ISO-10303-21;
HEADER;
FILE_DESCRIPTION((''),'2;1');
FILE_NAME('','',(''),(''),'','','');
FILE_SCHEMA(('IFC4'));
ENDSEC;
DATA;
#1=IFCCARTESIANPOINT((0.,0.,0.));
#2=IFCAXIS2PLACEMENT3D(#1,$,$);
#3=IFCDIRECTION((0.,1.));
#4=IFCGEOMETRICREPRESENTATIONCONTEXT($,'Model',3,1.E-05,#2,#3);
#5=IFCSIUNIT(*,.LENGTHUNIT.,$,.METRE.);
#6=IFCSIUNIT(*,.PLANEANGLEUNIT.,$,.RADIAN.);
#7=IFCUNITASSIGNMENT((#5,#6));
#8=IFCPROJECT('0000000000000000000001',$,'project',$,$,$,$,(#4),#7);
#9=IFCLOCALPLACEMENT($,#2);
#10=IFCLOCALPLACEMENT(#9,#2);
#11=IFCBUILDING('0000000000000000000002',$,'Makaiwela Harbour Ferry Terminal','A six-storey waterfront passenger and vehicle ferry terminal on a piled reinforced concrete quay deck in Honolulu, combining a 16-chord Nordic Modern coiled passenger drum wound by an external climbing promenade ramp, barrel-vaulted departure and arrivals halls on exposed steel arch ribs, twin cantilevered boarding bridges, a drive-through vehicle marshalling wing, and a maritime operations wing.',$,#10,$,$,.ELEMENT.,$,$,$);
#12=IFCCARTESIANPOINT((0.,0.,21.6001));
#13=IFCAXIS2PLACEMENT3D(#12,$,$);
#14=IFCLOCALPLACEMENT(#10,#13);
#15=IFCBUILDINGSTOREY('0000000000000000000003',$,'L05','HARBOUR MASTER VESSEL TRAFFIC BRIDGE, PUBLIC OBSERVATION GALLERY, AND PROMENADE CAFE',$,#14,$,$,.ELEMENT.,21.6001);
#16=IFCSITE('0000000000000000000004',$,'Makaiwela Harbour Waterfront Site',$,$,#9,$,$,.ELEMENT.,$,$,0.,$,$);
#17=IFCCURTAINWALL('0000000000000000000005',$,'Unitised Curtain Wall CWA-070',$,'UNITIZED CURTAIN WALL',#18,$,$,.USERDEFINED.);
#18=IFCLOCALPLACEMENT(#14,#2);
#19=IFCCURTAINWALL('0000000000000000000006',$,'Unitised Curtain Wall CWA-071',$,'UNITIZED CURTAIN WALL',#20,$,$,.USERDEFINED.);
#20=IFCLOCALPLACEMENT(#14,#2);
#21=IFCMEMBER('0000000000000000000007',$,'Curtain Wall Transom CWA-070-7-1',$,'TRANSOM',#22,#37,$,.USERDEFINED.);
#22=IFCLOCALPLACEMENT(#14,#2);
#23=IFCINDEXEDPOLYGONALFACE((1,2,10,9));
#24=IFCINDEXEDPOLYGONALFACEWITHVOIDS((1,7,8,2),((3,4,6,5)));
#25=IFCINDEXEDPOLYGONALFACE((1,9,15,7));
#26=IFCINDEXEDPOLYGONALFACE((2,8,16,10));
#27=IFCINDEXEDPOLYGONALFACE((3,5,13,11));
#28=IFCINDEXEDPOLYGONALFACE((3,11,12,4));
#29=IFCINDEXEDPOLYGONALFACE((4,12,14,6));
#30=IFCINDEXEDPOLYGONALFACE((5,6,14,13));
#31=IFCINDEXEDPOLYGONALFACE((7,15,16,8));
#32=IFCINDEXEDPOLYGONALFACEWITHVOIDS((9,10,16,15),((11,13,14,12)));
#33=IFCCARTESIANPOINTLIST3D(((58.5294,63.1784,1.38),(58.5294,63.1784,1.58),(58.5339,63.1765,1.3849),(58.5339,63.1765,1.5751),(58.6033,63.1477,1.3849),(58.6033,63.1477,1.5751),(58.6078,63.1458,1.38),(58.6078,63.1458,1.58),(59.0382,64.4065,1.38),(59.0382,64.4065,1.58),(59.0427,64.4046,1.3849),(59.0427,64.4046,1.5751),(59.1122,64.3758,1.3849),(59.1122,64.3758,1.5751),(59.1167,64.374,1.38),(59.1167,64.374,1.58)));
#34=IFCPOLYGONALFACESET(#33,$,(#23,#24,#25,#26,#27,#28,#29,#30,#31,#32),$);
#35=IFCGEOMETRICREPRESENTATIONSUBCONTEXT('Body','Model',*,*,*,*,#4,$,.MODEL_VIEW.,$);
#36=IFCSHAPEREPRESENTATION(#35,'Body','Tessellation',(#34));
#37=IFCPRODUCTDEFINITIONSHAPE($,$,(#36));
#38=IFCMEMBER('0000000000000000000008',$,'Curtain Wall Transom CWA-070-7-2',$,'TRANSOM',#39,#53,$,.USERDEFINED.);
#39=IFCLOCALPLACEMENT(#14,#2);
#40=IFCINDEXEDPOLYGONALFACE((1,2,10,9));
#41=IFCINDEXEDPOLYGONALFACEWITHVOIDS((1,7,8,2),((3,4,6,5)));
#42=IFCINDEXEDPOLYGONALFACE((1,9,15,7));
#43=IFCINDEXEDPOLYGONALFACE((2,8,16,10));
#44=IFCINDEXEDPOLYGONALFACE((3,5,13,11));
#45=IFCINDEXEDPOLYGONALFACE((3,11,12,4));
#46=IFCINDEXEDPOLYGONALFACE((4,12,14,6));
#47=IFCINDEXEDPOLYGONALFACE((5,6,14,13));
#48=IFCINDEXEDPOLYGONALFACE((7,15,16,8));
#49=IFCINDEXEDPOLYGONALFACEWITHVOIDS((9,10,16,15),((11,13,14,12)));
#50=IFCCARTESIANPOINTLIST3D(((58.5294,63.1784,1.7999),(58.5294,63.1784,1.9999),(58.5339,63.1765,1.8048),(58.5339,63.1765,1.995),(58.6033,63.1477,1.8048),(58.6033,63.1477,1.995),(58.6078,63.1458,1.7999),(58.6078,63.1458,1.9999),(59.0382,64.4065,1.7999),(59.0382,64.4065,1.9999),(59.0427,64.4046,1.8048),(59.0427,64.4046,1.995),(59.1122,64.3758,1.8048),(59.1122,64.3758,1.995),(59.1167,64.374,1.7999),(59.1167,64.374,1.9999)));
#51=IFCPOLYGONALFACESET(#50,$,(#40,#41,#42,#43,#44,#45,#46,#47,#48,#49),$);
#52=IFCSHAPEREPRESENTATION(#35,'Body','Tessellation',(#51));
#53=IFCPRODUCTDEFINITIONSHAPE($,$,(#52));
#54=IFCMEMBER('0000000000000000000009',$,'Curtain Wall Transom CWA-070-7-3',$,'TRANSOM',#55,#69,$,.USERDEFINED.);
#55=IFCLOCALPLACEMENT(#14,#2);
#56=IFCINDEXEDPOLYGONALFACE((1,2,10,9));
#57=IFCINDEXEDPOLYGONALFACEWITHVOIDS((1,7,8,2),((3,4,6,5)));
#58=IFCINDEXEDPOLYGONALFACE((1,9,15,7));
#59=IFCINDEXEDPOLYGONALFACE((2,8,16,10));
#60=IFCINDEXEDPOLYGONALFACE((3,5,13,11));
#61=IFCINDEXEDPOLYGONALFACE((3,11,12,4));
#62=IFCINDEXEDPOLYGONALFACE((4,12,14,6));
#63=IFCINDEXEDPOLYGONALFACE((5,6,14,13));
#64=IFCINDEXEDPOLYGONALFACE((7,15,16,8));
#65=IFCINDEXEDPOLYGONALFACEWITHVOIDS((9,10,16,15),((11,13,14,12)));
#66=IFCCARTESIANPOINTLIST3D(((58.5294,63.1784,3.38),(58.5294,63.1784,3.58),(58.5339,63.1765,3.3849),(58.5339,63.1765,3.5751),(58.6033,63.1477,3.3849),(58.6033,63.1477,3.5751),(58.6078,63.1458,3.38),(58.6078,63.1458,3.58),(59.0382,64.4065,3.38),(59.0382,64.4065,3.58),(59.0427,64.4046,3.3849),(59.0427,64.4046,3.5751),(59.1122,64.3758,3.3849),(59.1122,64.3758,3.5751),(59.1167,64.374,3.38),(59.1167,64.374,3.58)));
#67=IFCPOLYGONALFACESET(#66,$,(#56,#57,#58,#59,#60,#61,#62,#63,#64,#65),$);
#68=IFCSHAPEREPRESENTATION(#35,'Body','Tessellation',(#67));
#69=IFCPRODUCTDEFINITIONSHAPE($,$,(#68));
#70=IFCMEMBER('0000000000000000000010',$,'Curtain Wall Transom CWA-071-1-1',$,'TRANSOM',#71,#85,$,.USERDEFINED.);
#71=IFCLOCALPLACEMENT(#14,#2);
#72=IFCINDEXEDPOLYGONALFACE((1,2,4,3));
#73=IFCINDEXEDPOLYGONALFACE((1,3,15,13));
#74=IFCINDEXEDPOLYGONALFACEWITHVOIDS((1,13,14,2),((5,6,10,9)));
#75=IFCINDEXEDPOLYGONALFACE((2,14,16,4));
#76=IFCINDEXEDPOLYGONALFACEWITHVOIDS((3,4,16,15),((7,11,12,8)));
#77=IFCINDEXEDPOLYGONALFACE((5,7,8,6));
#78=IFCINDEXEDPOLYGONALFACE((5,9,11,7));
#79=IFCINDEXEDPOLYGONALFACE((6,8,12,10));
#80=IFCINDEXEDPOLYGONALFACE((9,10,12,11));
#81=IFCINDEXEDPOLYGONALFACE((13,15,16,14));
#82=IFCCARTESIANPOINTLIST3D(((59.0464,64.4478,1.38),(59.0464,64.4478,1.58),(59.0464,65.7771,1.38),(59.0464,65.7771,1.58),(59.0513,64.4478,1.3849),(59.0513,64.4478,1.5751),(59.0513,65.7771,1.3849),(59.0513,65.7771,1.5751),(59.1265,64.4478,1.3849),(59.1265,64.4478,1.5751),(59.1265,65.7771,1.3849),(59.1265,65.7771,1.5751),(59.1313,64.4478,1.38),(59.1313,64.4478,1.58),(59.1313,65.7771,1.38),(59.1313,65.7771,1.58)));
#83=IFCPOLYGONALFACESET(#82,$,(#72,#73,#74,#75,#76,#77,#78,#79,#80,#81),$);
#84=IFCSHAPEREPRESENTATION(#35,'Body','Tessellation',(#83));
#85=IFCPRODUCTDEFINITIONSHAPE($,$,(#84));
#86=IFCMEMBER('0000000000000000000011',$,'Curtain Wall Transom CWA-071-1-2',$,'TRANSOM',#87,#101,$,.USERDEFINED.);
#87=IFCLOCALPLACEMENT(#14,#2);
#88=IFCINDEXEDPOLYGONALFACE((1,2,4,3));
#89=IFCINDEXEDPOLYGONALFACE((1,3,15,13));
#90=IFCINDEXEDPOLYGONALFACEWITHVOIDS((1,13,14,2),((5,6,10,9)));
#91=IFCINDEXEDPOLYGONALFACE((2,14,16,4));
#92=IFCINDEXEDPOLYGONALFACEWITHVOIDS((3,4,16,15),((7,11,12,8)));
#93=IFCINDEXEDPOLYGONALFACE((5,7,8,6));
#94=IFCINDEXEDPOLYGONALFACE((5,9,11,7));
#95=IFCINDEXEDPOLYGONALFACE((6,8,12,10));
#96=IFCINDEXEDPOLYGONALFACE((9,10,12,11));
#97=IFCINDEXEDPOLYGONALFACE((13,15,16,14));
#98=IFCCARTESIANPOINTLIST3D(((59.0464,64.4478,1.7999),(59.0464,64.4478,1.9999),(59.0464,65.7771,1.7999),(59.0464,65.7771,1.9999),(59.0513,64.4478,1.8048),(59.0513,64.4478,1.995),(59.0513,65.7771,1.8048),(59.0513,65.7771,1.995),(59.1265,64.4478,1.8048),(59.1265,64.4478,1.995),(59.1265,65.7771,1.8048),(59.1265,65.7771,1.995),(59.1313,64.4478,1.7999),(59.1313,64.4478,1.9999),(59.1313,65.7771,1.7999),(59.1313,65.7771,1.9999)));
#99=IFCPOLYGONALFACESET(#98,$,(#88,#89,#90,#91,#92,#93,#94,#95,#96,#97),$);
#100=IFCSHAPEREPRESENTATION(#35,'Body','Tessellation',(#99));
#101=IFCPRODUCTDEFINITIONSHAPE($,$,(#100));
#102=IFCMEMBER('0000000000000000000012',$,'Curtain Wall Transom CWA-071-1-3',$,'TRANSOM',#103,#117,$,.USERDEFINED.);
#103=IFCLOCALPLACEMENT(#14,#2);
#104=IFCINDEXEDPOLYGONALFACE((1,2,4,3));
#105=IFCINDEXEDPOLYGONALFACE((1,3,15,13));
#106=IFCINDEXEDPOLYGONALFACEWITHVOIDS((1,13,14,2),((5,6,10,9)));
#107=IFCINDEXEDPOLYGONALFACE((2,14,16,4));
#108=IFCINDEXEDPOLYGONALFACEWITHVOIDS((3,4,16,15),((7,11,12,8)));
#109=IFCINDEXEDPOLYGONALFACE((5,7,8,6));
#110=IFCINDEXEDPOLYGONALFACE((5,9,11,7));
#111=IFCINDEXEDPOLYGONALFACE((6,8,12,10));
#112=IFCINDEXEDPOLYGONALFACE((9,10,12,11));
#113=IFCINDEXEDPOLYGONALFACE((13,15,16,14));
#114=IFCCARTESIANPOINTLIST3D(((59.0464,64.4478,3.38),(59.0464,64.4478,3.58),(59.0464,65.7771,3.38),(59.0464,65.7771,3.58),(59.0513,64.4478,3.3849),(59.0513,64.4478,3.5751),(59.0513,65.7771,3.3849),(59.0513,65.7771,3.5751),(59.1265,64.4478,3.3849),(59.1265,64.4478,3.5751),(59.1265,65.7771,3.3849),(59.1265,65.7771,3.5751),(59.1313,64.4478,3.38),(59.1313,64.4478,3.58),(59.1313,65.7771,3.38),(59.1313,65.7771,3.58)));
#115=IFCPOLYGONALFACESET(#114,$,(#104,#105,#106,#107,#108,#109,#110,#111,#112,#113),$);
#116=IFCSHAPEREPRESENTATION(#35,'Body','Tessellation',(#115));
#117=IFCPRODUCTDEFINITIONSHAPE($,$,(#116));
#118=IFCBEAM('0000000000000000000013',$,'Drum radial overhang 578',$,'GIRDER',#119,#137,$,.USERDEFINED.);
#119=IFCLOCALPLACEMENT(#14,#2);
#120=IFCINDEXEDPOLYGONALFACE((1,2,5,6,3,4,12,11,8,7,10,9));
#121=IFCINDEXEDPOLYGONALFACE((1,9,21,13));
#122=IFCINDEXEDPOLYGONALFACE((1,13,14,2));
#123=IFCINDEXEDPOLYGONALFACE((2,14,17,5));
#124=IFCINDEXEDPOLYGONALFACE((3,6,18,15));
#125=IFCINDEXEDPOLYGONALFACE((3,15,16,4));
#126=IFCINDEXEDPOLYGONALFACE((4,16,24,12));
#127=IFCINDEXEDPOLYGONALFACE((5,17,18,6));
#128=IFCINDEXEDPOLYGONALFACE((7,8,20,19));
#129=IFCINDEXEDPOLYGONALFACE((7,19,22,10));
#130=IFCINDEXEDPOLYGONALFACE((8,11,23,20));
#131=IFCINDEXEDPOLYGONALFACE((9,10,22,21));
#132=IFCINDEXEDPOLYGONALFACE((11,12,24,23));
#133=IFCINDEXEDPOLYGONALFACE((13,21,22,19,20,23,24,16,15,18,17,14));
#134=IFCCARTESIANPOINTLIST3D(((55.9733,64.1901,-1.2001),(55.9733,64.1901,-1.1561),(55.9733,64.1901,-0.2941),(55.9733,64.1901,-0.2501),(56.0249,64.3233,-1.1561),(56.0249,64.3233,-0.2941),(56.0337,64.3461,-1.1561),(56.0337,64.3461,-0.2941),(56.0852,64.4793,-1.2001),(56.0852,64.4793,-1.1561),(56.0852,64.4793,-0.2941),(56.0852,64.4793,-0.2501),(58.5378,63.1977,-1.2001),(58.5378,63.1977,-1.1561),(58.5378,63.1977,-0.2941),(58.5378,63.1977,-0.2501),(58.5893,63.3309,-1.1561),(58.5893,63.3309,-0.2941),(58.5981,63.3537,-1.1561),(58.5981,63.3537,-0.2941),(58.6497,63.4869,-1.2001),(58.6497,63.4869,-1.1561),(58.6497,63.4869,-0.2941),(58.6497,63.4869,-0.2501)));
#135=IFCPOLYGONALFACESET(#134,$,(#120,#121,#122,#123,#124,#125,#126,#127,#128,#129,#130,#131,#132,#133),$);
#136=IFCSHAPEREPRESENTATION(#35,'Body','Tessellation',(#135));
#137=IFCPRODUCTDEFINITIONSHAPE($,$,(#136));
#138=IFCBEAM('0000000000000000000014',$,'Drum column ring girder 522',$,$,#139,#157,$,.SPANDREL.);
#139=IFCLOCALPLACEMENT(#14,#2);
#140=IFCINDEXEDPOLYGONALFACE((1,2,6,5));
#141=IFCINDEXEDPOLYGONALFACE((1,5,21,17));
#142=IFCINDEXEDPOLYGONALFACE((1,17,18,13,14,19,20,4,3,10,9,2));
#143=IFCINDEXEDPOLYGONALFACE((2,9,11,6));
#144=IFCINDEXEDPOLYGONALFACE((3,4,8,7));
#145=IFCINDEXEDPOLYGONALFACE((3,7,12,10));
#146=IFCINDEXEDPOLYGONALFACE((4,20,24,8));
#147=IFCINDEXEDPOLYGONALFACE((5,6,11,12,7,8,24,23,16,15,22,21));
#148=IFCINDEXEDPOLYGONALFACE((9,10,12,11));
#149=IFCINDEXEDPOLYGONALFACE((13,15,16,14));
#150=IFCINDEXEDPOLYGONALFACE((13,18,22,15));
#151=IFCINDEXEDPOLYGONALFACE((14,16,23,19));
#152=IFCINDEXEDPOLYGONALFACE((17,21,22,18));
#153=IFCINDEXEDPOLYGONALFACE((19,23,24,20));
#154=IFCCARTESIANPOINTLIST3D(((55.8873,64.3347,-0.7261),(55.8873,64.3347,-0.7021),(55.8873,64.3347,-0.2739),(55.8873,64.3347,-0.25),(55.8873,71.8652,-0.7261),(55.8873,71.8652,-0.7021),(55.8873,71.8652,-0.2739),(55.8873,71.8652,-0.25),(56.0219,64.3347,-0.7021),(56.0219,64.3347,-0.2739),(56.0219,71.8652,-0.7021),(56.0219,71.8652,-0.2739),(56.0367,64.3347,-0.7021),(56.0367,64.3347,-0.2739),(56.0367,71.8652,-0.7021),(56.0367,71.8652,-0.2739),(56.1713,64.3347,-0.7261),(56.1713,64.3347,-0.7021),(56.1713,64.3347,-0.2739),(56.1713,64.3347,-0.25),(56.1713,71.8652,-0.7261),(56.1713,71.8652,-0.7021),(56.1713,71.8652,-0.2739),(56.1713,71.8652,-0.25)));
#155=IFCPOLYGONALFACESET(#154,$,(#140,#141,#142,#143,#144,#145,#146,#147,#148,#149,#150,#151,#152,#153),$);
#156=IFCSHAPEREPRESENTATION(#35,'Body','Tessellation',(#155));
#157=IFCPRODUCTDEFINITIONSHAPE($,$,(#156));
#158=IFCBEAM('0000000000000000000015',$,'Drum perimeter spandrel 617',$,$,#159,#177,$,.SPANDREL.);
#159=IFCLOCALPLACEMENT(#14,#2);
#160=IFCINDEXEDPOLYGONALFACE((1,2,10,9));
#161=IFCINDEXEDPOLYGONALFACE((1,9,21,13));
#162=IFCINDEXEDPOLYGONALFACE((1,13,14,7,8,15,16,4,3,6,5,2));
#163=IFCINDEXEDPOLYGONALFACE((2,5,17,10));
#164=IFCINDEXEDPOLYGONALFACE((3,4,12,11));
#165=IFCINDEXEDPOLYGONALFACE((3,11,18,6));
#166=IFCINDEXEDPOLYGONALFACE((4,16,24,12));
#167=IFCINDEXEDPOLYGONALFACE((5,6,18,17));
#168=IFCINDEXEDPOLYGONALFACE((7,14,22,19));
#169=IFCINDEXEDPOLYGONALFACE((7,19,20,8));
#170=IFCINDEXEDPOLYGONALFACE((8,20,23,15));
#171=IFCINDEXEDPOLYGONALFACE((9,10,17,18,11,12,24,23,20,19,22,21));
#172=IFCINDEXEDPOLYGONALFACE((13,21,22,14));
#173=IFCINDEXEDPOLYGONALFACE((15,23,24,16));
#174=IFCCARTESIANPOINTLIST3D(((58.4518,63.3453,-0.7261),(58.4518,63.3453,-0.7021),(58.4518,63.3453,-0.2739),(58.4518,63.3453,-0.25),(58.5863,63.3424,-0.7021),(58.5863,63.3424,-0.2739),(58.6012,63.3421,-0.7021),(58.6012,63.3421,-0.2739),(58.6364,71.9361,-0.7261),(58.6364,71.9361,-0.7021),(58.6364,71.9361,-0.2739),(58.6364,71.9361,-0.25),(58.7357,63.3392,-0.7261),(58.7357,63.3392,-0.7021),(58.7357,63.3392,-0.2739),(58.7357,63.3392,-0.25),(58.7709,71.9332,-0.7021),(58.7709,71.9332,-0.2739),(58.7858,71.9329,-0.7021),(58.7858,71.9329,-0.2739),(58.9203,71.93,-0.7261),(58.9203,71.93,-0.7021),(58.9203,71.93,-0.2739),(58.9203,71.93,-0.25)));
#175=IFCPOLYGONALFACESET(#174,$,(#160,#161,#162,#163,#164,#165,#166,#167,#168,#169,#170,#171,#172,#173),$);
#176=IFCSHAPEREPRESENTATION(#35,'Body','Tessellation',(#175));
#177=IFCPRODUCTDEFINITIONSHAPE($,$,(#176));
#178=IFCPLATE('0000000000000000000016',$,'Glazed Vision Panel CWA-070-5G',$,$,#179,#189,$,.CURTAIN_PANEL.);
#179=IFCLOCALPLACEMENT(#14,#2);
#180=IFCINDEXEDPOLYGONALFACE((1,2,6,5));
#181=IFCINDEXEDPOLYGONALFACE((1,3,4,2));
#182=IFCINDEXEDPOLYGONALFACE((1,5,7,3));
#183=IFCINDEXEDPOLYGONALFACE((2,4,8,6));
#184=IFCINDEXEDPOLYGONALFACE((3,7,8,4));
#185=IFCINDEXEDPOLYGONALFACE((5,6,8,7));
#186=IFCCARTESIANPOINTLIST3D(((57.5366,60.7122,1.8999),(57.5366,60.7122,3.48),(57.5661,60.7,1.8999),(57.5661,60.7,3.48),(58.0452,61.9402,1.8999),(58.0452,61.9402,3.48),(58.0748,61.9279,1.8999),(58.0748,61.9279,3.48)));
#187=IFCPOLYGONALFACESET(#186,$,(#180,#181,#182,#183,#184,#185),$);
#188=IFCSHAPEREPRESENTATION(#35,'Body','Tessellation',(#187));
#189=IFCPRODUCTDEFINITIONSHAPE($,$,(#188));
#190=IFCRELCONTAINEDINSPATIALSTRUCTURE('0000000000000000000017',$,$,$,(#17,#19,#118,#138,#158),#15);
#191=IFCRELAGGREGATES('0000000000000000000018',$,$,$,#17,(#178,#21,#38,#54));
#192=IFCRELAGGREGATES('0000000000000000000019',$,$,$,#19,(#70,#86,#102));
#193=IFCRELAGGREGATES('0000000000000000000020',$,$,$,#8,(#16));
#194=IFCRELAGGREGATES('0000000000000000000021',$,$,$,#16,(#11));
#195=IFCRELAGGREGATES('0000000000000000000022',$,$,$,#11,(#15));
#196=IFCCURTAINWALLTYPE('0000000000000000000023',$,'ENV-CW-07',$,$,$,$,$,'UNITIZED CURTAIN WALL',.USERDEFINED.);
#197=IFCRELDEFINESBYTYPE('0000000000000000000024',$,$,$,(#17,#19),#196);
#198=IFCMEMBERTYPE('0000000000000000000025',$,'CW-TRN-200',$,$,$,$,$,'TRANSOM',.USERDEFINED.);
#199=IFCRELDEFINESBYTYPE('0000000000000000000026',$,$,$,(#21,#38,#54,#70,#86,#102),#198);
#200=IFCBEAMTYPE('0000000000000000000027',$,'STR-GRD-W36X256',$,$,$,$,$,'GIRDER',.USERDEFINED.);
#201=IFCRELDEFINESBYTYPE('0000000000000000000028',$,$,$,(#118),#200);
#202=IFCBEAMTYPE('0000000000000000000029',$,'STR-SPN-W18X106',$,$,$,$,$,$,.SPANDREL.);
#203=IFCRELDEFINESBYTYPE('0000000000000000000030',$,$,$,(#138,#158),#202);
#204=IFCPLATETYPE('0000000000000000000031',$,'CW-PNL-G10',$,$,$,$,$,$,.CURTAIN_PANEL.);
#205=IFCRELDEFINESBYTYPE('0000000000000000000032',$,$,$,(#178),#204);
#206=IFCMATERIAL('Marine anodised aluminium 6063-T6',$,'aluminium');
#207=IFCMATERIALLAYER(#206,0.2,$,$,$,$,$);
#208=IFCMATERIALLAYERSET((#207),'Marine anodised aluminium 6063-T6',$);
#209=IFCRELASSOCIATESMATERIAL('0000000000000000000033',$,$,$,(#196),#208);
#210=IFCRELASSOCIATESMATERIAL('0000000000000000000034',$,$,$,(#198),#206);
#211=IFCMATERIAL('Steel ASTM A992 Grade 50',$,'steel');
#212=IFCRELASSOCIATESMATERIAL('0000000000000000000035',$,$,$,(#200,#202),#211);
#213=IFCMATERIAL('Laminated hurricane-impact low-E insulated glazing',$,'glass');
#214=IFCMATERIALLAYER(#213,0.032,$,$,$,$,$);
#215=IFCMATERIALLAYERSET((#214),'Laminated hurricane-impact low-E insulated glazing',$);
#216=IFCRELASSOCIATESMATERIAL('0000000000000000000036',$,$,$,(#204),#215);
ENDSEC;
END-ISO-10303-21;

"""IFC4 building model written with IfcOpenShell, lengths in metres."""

from ifc_helpers import new_model, si_unit, direction, frame, origin, origin_2d, place, context, subcontext, project, spatial, rectangle, hollow_rectangle, i_section, extrude, material, layer, layer_set, material_profile, profile_set, type_object, element, aggregate, save


model = new_model("IFC4")

# Units and contexts
model_context = context("Model", 3, precision=1e-05, world=origin(), true_north=direction((0.0, 1.0)))
body_context = subcontext(model_context, "Body", "Model", "MODEL_VIEW")
ifc_project = project(units=[si_unit("LENGTHUNIT", "METRE"), si_unit("PLANEANGLEUNIT", "RADIAN")], contexts=[model_context])

# Site, building, storey
site_placement = place(None, origin())
site = spatial("IfcSite", under=ifc_project, at=site_placement, Name="Makaiwela Harbour Waterfront Site", CompositionType="ELEMENT", RefElevation=0.0)
building_placement = place(site_placement, origin())
building = spatial("IfcBuilding", under=site, at=building_placement, Name="Makaiwela Harbour Ferry Terminal", Description="A six-storey waterfront passenger and vehicle ferry terminal on a piled reinforced concrete quay deck in Honolulu, combining a 16-chord Nordic Modern coiled passenger drum wound by an external climbing promenade ramp, barrel-vaulted departure and arrivals halls on exposed steel arch ribs, twin cantilevered boarding bridges, a drive-through vehicle marshalling wing, and a maritime operations wing.", CompositionType="ELEMENT")
storey_placement = place(building_placement, frame((0.0, 0.0, 21.6001)))
storey = spatial("IfcBuildingStorey", under=building, at=storey_placement, Name="L05", Description="HARBOUR MASTER VESSEL TRAFFIC BRIDGE, PUBLIC OBSERVATION GALLERY, AND PROMENADE CAFE", CompositionType="ELEMENT", Elevation=21.6001)

# Shared definitions
ifc_material_1 = material(Name="Steel ASTM A992 Grade 50", Category="steel")

# Curtain wall
ifc_material_2 = material(Name="Marine anodised aluminium 6063-T6", Category="aluminium")
ifc_layer_1 = layer(ifc_material_2, 0.2)
ifc_layer_set_1 = layer_set([ifc_layer_1], Name="Marine anodised aluminium 6063-T6")
curtain_wall_type = type_object("IfcCurtainWallType", Name="ENV-CW-07", ElementType="UNITIZED CURTAIN WALL", PredefinedType="USERDEFINED", material=ifc_layer_set_1)
curtain_wall_1_placement = place(storey_placement, origin())
curtain_wall_1 = element("IfcCurtainWall", 1, at=curtain_wall_1_placement, inside=storey, type_object=curtain_wall_type, Name="Unitised Curtain Wall CWA-070", ObjectType="UNITIZED CURTAIN WALL", PredefinedType="USERDEFINED")

# Curtain wall
curtain_wall_2_placement = place(storey_placement, origin())
curtain_wall_2 = element("IfcCurtainWall", 2, at=curtain_wall_2_placement, inside=storey, type_object=curtain_wall_type, Name="Unitised Curtain Wall CWA-071", ObjectType="UNITIZED CURTAIN WALL", PredefinedType="USERDEFINED")

# Members
ifc_material_profile_1 = material_profile(ifc_material_2, hollow_rectangle(XDim=0.085, YDim=0.2, WallThickness=0.0049, at=origin_2d()), Name="CWT-200X85")
ifc_profile_set_1 = profile_set([ifc_material_profile_1], Name="Marine anodised aluminium 6063-T6")
member_type_1 = type_object("IfcMemberType", Name="CW-TRN-200", ElementType="TRANSOM", PredefinedType="USERDEFINED", material=ifc_profile_set_1)
member_1_placement = place(storey_placement, frame((58.5686, 63.1621, 1.48), z_axis=(0.382763, 0.923847, 0.0), x_axis=(-0.923847, 0.382763, 0.0)))
member_1 = element("IfcMember", 3, at=member_1_placement, type_object=member_type_1, Name="Curtain Wall Transom CWA-070-7-1", ObjectType="TRANSOM", PredefinedType="USERDEFINED", context=body_context, shape_type="SweptSolid", body=[
    extrude(hollow_rectangle(XDim=0.085, YDim=0.2, WallThickness=0.0049, at=origin_2d()), origin(), (0.0, 0.0, 1.0), 1.3293),
])
member_2_placement = place(storey_placement, frame((58.5686, 63.1621, 1.8999), z_axis=(0.382763, 0.923847, 0.0), x_axis=(-0.923847, 0.382763, 0.0)))
member_2 = element("IfcMember", 4, at=member_2_placement, type_object=member_type_1, Name="Curtain Wall Transom CWA-070-7-2", ObjectType="TRANSOM", PredefinedType="USERDEFINED", context=body_context, shape_type="SweptSolid", body=[
    extrude(hollow_rectangle(XDim=0.085, YDim=0.2, WallThickness=0.0049, at=origin_2d()), origin(), (0.0, 0.0, 1.0), 1.3293),
])
member_3_placement = place(storey_placement, frame((58.5686, 63.1621, 3.48), z_axis=(0.382763, 0.923847, 0.0), x_axis=(-0.923847, 0.382763, 0.0)))
member_3 = element("IfcMember", 5, at=member_3_placement, type_object=member_type_1, Name="Curtain Wall Transom CWA-070-7-3", ObjectType="TRANSOM", PredefinedType="USERDEFINED", context=body_context, shape_type="SweptSolid", body=[
    extrude(hollow_rectangle(XDim=0.085, YDim=0.2, WallThickness=0.0049, at=origin_2d()), origin(), (0.0, 0.0, 1.0), 1.3293),
])
member_4_placement = place(storey_placement, frame((59.0889, 64.4478, 1.48), z_axis=(0.0, 1.0, 0.0), x_axis=(-1.0, 0.0, 0.0)))
member_4 = element("IfcMember", 6, at=member_4_placement, type_object=member_type_1, Name="Curtain Wall Transom CWA-071-1-1", ObjectType="TRANSOM", PredefinedType="USERDEFINED", context=body_context, shape_type="SweptSolid", body=[
    extrude(hollow_rectangle(XDim=0.085, YDim=0.2, WallThickness=0.0049, at=origin_2d()), origin(), (0.0, 0.0, 1.0), 1.3293),
])
member_5_placement = place(storey_placement, frame((59.0889, 64.4478, 1.8999), z_axis=(0.0, 1.0, 0.0), x_axis=(-1.0, 0.0, 0.0)))
member_5 = element("IfcMember", 7, at=member_5_placement, type_object=member_type_1, Name="Curtain Wall Transom CWA-071-1-2", ObjectType="TRANSOM", PredefinedType="USERDEFINED", context=body_context, shape_type="SweptSolid", body=[
    extrude(hollow_rectangle(XDim=0.085, YDim=0.2, WallThickness=0.0049, at=origin_2d()), origin(), (0.0, 0.0, 1.0), 1.3293),
])
member_6_placement = place(storey_placement, frame((59.0889, 64.4478, 3.48), z_axis=(0.0, 1.0, 0.0), x_axis=(-1.0, 0.0, 0.0)))
member_6 = element("IfcMember", 8, at=member_6_placement, type_object=member_type_1, Name="Curtain Wall Transom CWA-071-1-3", ObjectType="TRANSOM", PredefinedType="USERDEFINED", context=body_context, shape_type="SweptSolid", body=[
    extrude(hollow_rectangle(XDim=0.085, YDim=0.2, WallThickness=0.0049, at=origin_2d()), origin(), (0.0, 0.0, 1.0), 1.3293),
])

# Beams
ifc_material_profile_2 = material_profile(ifc_material_1, i_section(OverallWidth=0.3101, OverallDepth=0.95, WebThickness=0.0244, FlangeThickness=0.0439, at=origin_2d()), Name="W36X256")
ifc_profile_set_2 = profile_set([ifc_material_profile_2], Name="Steel ASTM A992 Grade 50")
beam_type_1 = type_object("IfcBeamType", Name="STR-GRD-W36X256", ElementType="GIRDER", PredefinedType="USERDEFINED", material=ifc_profile_set_2)
beam_1_placement = place(storey_placement, frame((56.0293, 64.3347, -0.7251), z_axis=(0.9326, -0.360912, 0.0), x_axis=(0.360912, 0.9326, 0.0)))
element("IfcBeam", 9, at=beam_1_placement, inside=storey, type_object=beam_type_1, Name="Drum radial overhang 578", ObjectType="GIRDER", PredefinedType="USERDEFINED", context=body_context, shape_type="SweptSolid", body=[
    extrude(i_section(OverallWidth=0.3101, OverallDepth=0.95, WebThickness=0.0244, FlangeThickness=0.0439, at=origin_2d()), origin(), (0.0, 0.0, 1.0), 2.7498),
])
ifc_material_profile_3 = material_profile(ifc_material_1, i_section(OverallWidth=0.2839, OverallDepth=0.4761, WebThickness=0.0149, FlangeThickness=0.0239, at=origin_2d()), Name="W18X106")
ifc_profile_set_3 = profile_set([ifc_material_profile_3], Name="Steel ASTM A992 Grade 50")
beam_type_2 = type_object("IfcBeamType", Name="STR-SPN-W18X106", PredefinedType="SPANDREL", material=ifc_profile_set_3)
beam_2_placement = place(storey_placement, frame((56.0293, 64.3347, -0.488), z_axis=(0.0, 1.0, 0.0), x_axis=(-1.0, 0.0, 0.0)))
element("IfcBeam", 10, at=beam_2_placement, inside=storey, type_object=beam_type_2, Name="Drum column ring girder 522", PredefinedType="SPANDREL", context=body_context, shape_type="SweptSolid", body=[
    extrude(i_section(OverallWidth=0.2839, OverallDepth=0.4761, WebThickness=0.0149, FlangeThickness=0.0239, at=origin_2d()), origin(), (0.0, 0.0, 1.0), 7.5305),
])
beam_3_placement = place(storey_placement, frame((58.5938, 63.3423, -0.488), z_axis=(0.02148, 0.999769, 0.0), x_axis=(-0.999769, 0.02148, 0.0)))
element("IfcBeam", 11, at=beam_3_placement, inside=storey, type_object=beam_type_2, Name="Drum perimeter spandrel 617", PredefinedType="SPANDREL", context=body_context, shape_type="SweptSolid", body=[
    extrude(i_section(OverallWidth=0.2839, OverallDepth=0.4761, WebThickness=0.0149, FlangeThickness=0.0239, at=origin_2d()), origin(), (0.0, 0.0, 1.0), 8.5928),
])

# Plate
ifc_material_3 = material(Name="Laminated hurricane-impact low-E insulated glazing", Category="glass")
ifc_layer_2 = layer(ifc_material_3, 0.032)
ifc_layer_set_2 = layer_set([ifc_layer_2], Name="Laminated hurricane-impact low-E insulated glazing")
plate_type_1 = type_object("IfcPlateType", Name="CW-PNL-G10", PredefinedType="CURTAIN_PANEL", material=ifc_layer_set_2)
plate_1_placement = place(storey_placement, frame((57.8057, 61.3201, 1.8999), z_axis=(0.0, 0.0, 1.0), x_axis=(0.382683, 0.92388, 0.0)))
plate_1 = element("IfcPlate", 12, at=plate_1_placement, type_object=plate_type_1, Name="Glazed Vision Panel CWA-070-5G", PredefinedType="CURTAIN_PANEL", context=body_context, shape_type="SweptSolid", body=[
    extrude(rectangle(XDim=1.3291, YDim=0.032, at=origin_2d()), origin(), (0.0, 0.0, 1.0), 1.5801),
])
aggregate(curtain_wall_1, [plate_1, member_1, member_2, member_3])
aggregate(curtain_wall_2, [member_4, member_5, member_6])

save(model, "model.ifc")
